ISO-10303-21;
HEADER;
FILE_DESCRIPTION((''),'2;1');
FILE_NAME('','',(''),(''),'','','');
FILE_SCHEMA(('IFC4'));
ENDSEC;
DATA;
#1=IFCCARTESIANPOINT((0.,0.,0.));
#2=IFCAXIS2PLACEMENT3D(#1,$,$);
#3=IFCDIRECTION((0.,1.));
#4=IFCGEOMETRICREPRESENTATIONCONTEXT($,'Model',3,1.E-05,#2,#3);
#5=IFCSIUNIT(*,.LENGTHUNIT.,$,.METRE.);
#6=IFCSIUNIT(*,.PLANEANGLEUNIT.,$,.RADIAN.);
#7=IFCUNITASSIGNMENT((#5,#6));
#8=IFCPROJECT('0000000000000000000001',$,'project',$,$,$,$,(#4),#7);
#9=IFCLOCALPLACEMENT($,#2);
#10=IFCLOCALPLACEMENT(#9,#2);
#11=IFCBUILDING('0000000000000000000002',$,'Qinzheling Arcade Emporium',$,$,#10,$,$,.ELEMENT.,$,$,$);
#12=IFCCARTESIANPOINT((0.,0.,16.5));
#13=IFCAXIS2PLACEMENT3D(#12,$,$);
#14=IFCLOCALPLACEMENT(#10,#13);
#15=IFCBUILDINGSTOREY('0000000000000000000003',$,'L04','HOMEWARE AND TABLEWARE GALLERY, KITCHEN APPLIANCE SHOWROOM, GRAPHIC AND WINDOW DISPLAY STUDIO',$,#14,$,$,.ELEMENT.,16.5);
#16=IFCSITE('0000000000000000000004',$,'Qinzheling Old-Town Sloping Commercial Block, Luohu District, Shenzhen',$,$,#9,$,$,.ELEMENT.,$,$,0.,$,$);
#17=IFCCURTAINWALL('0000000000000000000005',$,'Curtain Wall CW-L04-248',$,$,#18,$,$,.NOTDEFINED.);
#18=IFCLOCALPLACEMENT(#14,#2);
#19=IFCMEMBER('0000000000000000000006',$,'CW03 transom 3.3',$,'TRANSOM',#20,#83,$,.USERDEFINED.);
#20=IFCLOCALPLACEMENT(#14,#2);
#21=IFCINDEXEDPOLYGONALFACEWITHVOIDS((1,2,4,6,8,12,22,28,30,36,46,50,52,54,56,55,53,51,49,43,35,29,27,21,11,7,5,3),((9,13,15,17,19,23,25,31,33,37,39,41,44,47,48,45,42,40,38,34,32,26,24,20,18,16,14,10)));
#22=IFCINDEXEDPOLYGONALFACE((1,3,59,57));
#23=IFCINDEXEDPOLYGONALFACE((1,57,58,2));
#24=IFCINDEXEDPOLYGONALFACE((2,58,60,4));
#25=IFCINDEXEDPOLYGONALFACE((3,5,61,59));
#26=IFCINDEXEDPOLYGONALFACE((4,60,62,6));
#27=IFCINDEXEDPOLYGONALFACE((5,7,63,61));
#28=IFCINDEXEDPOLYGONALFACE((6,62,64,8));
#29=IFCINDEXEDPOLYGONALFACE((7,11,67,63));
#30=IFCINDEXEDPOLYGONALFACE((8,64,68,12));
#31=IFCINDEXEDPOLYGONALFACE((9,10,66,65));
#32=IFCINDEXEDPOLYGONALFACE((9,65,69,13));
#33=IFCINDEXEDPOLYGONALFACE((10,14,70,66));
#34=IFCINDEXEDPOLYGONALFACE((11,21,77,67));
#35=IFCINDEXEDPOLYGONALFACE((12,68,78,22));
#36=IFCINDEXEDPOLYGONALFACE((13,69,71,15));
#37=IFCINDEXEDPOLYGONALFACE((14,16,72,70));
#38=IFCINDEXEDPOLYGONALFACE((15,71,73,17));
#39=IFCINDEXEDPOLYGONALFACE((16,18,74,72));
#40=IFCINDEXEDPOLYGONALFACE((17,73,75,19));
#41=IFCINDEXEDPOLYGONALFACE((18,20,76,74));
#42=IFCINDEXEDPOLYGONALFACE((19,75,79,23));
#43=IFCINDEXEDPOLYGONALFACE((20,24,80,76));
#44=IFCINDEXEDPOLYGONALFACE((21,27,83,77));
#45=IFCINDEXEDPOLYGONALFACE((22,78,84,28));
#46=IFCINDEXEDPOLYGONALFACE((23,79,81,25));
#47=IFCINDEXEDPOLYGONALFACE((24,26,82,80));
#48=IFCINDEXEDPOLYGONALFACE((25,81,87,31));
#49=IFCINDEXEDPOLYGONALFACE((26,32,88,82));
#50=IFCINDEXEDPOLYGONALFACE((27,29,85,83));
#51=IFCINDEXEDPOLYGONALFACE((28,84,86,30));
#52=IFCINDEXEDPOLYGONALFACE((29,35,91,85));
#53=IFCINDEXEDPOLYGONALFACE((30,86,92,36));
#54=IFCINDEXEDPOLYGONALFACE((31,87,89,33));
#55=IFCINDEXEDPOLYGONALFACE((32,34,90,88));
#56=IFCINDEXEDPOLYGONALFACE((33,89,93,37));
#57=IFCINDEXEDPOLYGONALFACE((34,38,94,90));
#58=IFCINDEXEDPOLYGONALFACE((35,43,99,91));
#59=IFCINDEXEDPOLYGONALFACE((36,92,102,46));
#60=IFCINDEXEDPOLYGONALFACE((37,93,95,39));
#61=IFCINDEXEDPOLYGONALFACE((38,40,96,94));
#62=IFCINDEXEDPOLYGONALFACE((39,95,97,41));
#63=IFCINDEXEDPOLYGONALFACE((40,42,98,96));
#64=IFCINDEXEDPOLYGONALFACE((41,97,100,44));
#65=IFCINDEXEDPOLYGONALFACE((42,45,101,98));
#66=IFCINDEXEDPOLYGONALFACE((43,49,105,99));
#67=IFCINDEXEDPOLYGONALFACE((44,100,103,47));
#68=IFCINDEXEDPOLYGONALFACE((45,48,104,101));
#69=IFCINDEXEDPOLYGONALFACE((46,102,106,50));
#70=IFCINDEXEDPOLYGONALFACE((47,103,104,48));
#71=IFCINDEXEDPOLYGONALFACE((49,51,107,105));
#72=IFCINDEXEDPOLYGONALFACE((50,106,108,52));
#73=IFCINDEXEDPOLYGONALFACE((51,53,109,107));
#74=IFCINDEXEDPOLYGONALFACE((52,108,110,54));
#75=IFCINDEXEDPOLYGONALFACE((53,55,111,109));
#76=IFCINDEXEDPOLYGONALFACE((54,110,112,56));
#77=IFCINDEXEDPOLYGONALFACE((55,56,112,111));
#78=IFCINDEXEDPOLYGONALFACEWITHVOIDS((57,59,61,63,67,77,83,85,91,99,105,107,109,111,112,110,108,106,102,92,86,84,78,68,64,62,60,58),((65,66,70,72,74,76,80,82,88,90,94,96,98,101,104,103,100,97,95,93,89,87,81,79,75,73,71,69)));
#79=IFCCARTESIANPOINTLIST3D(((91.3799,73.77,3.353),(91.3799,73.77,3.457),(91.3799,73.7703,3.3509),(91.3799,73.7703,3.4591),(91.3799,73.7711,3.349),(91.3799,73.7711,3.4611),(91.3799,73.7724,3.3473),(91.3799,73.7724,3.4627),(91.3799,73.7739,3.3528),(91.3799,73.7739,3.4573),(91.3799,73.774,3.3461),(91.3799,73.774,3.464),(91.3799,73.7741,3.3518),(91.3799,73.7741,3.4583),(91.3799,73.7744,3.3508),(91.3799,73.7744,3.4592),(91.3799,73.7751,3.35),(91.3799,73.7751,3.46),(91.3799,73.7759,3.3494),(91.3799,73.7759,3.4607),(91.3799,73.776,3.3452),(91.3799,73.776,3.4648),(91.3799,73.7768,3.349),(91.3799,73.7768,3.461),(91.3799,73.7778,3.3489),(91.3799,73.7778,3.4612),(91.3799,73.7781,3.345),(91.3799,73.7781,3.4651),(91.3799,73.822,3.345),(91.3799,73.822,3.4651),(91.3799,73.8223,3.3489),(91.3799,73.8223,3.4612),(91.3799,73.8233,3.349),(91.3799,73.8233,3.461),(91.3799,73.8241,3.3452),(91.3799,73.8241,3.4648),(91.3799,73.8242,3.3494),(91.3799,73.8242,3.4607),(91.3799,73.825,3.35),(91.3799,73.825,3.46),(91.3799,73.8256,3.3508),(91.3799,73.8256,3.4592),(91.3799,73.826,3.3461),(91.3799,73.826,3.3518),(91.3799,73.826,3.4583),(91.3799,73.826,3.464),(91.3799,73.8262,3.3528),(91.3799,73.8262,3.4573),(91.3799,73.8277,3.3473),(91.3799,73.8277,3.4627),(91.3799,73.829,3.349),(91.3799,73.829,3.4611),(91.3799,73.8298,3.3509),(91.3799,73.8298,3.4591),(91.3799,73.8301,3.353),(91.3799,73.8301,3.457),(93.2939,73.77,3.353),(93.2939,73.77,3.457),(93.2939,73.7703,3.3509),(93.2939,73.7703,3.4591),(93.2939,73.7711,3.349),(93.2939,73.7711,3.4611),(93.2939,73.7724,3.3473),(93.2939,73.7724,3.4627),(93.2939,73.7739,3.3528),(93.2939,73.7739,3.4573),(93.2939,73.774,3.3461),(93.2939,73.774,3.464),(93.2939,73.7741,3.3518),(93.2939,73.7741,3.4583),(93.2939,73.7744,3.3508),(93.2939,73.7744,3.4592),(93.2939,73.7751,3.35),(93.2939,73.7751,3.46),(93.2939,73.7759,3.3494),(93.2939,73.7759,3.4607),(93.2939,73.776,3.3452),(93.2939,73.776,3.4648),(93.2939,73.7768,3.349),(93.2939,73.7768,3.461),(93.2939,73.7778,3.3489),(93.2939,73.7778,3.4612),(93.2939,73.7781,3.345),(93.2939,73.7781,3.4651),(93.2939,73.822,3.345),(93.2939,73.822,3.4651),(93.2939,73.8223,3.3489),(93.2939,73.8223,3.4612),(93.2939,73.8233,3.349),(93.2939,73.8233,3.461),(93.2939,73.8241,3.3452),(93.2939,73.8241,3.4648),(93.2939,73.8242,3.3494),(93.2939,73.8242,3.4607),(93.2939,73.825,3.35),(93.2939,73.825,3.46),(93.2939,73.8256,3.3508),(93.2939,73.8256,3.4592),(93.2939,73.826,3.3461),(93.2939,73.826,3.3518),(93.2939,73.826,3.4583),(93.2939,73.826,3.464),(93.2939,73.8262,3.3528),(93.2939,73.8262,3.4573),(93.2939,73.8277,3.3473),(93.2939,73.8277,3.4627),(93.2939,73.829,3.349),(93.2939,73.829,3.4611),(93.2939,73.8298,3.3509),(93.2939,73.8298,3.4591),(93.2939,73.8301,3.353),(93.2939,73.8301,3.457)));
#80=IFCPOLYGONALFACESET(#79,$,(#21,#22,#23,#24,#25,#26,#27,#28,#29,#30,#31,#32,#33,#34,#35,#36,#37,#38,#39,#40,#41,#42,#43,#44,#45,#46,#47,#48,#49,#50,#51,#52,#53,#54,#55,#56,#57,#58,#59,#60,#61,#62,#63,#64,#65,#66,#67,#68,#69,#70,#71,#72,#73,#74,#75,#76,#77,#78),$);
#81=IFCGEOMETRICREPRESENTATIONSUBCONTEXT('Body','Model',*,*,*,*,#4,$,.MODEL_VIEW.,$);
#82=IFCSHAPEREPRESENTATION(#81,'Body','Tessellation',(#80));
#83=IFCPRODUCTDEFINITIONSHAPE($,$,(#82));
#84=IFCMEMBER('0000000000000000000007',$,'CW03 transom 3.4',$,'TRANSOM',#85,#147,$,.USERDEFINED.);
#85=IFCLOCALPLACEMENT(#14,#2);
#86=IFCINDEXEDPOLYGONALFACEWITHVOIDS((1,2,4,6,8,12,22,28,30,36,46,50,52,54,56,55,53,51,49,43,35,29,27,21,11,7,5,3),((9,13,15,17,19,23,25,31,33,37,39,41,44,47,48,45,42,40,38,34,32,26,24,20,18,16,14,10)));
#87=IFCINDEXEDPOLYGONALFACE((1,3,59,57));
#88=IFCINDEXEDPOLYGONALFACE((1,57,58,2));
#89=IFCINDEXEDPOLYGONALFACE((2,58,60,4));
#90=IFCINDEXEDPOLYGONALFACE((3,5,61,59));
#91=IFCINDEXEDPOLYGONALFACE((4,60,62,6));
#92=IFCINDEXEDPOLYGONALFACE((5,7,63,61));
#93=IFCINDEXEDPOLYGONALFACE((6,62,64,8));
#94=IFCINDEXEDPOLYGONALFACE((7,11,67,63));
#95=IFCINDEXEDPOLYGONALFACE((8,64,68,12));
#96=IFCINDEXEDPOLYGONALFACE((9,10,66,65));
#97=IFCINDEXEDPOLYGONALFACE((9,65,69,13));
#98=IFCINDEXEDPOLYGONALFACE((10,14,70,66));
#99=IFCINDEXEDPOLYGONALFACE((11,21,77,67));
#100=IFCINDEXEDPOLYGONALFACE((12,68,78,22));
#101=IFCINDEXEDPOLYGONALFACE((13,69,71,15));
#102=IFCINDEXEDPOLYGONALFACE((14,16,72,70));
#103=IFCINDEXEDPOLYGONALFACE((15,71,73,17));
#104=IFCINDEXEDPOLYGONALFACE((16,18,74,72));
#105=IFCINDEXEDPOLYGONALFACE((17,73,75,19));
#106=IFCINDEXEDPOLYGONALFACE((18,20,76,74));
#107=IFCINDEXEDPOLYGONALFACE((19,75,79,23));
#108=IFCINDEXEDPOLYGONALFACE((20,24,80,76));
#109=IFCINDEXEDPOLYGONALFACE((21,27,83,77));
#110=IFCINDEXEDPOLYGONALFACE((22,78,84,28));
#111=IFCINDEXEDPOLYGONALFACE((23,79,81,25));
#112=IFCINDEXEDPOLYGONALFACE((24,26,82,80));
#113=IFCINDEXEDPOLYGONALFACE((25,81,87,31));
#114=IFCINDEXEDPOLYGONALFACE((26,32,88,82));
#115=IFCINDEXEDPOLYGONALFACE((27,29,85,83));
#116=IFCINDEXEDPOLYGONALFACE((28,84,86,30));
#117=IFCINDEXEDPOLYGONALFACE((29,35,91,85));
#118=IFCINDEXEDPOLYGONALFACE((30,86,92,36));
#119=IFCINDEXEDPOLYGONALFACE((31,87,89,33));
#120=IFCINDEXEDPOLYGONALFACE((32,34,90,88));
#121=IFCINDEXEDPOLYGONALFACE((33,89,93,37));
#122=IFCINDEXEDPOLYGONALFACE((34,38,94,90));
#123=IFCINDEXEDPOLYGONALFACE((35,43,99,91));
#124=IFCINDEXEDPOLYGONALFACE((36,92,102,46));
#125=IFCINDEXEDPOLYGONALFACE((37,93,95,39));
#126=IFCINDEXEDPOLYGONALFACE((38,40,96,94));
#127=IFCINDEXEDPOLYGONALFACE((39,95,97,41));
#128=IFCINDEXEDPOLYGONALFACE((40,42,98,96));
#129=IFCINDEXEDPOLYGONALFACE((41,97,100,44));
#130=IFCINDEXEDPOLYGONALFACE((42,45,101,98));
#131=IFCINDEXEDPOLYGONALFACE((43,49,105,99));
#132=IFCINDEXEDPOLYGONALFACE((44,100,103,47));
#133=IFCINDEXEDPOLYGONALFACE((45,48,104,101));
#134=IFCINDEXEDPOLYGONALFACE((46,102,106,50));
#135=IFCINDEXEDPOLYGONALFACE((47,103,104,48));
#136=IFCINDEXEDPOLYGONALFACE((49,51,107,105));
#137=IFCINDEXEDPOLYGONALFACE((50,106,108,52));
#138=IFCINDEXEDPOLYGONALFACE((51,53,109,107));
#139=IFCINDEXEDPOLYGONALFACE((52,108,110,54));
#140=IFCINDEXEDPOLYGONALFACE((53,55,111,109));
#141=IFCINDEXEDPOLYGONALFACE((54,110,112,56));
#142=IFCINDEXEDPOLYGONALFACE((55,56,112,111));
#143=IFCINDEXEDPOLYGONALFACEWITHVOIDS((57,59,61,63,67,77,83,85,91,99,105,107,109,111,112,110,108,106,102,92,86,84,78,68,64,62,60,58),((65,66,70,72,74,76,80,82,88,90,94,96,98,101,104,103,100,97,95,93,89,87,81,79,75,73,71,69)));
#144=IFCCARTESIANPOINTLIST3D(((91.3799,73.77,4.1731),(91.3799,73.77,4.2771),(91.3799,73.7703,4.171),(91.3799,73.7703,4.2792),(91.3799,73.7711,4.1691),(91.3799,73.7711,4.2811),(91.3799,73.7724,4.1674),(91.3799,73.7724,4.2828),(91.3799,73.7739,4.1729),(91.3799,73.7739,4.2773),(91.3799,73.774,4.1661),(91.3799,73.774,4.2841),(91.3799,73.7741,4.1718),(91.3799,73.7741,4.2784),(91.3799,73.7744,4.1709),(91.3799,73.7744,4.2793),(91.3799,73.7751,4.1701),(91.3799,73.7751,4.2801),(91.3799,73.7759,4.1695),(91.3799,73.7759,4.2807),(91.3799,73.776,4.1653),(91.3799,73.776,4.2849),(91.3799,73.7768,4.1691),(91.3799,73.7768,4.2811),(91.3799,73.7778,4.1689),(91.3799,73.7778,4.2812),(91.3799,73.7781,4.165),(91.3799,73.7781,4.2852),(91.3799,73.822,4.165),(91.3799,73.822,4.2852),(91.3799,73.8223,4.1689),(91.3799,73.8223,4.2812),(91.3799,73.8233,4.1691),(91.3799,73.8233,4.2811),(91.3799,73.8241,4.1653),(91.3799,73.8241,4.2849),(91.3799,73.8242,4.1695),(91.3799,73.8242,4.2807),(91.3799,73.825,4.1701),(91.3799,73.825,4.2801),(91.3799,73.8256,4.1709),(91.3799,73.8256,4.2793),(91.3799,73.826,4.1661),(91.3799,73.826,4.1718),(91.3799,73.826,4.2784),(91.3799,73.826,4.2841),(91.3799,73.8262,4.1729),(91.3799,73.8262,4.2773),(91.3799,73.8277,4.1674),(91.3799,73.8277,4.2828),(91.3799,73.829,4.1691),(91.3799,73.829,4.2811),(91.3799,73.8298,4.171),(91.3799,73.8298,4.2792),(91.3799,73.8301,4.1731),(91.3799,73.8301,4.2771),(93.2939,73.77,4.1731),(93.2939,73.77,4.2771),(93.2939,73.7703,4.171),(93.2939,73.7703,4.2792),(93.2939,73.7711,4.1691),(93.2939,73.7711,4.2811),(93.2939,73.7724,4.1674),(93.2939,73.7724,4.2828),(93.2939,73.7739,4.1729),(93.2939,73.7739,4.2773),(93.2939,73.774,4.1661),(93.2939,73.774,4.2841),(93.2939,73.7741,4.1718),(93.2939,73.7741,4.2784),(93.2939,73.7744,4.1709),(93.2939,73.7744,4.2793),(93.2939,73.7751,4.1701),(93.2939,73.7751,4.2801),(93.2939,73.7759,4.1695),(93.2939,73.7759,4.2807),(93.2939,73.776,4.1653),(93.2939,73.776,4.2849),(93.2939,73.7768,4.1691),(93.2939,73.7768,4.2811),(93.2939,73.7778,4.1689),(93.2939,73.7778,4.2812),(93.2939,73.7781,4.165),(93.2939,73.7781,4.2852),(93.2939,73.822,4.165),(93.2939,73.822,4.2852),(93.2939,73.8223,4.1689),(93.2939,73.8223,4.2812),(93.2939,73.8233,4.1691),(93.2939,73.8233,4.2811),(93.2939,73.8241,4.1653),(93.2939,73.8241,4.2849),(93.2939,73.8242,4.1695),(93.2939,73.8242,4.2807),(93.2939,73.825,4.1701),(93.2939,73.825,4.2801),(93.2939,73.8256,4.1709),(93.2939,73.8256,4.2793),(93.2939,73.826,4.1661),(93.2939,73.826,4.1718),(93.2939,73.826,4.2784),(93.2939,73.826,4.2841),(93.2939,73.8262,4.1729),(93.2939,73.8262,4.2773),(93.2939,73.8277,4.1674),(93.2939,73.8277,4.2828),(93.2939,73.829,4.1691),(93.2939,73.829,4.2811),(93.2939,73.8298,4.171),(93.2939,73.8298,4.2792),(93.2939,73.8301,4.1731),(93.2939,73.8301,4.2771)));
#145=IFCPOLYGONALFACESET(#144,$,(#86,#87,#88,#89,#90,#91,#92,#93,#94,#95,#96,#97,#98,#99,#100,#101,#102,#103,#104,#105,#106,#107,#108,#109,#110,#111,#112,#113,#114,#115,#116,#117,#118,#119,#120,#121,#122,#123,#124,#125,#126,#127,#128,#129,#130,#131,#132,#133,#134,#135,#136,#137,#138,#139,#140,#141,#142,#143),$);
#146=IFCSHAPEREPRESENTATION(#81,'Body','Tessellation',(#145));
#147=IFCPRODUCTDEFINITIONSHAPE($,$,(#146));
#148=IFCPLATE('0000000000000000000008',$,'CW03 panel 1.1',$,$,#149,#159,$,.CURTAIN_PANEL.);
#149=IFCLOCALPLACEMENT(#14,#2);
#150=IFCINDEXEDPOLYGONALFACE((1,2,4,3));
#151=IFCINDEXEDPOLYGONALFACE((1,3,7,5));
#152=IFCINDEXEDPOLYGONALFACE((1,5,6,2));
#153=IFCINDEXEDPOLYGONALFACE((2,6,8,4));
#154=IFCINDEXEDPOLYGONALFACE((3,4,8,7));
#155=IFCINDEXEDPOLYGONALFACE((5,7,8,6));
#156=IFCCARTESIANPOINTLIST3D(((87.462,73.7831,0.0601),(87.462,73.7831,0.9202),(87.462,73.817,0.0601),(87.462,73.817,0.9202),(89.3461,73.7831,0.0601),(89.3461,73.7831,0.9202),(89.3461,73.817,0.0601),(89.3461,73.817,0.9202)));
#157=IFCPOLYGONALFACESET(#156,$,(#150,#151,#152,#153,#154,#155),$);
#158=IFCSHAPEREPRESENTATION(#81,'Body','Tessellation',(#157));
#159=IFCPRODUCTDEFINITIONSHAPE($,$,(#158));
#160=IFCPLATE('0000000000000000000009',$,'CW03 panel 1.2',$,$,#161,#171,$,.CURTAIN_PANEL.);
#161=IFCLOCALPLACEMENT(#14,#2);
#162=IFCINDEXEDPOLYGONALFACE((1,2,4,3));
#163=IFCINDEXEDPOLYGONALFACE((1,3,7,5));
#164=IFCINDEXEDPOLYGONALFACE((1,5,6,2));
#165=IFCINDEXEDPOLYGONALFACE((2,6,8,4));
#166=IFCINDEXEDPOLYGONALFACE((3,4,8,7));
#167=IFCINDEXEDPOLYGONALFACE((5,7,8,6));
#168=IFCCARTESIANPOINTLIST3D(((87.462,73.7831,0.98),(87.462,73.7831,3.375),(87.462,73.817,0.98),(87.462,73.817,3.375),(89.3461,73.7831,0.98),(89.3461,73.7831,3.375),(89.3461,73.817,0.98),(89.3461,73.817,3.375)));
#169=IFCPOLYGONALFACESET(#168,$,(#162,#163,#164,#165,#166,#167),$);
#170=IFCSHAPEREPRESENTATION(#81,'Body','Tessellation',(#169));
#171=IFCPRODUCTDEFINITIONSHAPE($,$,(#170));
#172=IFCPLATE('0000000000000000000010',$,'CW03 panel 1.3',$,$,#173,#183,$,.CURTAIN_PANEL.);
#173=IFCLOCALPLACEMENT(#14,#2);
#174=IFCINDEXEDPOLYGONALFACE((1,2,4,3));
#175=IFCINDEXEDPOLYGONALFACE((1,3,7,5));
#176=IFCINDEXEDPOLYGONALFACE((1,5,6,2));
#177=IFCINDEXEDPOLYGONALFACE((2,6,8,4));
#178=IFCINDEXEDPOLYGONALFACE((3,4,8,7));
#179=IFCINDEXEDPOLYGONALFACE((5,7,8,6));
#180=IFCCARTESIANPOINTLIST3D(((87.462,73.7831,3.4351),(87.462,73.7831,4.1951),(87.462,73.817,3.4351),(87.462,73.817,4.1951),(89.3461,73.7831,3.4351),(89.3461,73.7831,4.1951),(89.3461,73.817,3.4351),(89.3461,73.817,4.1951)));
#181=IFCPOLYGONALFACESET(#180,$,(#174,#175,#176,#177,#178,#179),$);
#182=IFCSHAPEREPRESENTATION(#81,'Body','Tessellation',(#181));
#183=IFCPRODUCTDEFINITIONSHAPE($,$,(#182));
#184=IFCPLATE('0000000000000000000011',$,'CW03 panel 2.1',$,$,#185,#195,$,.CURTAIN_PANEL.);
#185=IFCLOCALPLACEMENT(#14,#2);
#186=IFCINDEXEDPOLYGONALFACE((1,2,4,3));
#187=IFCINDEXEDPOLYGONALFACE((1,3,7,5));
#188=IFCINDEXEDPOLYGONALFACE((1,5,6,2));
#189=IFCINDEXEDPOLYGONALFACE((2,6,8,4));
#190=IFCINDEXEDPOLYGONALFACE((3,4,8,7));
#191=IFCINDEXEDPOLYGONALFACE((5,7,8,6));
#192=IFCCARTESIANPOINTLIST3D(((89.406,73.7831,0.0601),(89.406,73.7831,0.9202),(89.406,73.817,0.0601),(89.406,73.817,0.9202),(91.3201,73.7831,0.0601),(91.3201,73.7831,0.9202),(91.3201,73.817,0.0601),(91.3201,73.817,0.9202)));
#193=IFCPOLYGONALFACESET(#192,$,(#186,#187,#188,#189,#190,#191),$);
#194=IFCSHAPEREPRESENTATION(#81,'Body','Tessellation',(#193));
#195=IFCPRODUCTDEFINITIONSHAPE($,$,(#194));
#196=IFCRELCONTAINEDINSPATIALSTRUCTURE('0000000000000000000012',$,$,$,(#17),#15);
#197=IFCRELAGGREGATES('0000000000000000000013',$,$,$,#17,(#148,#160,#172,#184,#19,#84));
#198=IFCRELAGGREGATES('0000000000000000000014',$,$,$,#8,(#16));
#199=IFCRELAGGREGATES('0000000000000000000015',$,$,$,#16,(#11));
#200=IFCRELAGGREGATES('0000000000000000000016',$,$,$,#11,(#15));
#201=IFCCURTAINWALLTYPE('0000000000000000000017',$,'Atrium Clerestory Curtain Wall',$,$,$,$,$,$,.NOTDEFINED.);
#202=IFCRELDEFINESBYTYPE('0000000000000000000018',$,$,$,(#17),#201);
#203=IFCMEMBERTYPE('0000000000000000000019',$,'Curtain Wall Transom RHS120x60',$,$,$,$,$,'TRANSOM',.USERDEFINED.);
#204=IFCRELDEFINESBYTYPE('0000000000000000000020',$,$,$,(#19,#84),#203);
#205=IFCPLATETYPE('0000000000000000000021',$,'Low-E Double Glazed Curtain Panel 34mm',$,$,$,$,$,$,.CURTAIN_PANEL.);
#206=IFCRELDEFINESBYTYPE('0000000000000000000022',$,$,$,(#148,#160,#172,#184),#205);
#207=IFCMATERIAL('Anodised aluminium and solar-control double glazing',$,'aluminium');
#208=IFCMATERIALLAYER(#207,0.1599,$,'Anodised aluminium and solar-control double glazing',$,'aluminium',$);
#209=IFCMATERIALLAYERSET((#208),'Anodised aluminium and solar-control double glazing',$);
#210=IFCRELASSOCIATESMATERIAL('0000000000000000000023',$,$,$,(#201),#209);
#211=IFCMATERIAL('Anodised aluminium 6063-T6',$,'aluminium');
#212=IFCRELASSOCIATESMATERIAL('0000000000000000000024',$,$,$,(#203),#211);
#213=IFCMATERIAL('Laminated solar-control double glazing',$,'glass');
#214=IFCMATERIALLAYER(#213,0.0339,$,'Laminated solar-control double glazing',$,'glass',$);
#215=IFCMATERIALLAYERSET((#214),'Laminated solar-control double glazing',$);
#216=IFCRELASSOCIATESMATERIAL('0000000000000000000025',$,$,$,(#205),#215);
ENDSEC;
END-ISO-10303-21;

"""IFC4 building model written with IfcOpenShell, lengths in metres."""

from ifc_helpers import new_model, si_unit, direction, frame, origin, origin_2d, place, context, subcontext, project, spatial, rectangle, hollow_rectangle, extrude, material, layer, layer_set, material_profile, profile_set, type_object, element, aggregate, save


model = new_model("IFC4")

# Units and contexts
model_context = context("Model", 3, precision=1e-05, world=origin(), true_north=direction((0.0, 1.0)))
body_context = subcontext(model_context, "Body", "Model", "MODEL_VIEW")
ifc_project = project(units=[si_unit("LENGTHUNIT", "METRE"), si_unit("PLANEANGLEUNIT", "RADIAN")], contexts=[model_context])

# Site, building, storey
site_placement = place(None, origin())
site = spatial("IfcSite", under=ifc_project, at=site_placement, Name="Qinzheling Old-Town Sloping Commercial Block, Luohu District, Shenzhen", CompositionType="ELEMENT", RefElevation=0.0)
building_placement = place(site_placement, origin())
building = spatial("IfcBuilding", under=site, at=building_placement, Name="Qinzheling Arcade Emporium", CompositionType="ELEMENT")
storey_placement = place(building_placement, frame((0.0, 0.0, 16.5)))
storey = spatial("IfcBuildingStorey", under=building, at=storey_placement, Name="L04", Description="HOMEWARE AND TABLEWARE GALLERY, KITCHEN APPLIANCE SHOWROOM, GRAPHIC AND WINDOW DISPLAY STUDIO", CompositionType="ELEMENT", Elevation=16.5)

# Curtain wall, members, plates
ifc_material_1 = material(Name="Anodised aluminium and solar-control double glazing", Category="aluminium")
ifc_layer_1 = layer(ifc_material_1, 0.1599, Name="Anodised aluminium and solar-control double glazing", Category="aluminium")
ifc_layer_set_1 = layer_set([ifc_layer_1], Name="Anodised aluminium and solar-control double glazing")
curtain_wall_type = type_object("IfcCurtainWallType", Name="Atrium Clerestory Curtain Wall", PredefinedType="NOTDEFINED", material=ifc_layer_set_1)
curtain_wall_placement = place(storey_placement, origin())
curtain_wall = element("IfcCurtainWall", 1, at=curtain_wall_placement, inside=storey, type_object=curtain_wall_type, Name="Curtain Wall CW-L04-248", PredefinedType="NOTDEFINED")
ifc_material_2 = material(Name="Anodised aluminium 6063-T6", Category="aluminium")
ifc_material_profile_1 = material_profile(ifc_material_2, hollow_rectangle(XDim=0.0601, YDim=0.1201, WallThickness=0.0039, InnerFilletRadius=0.0039, OuterFilletRadius=0.0081, at=origin_2d()), Name="RHS 120x60x4", Category="aluminium")
ifc_profile_set_1 = profile_set([ifc_material_profile_1], Name="Anodised aluminium 6063-T6")
member_type_1 = type_object("IfcMemberType", Name="Curtain Wall Transom RHS120x60", ElementType="TRANSOM", PredefinedType="USERDEFINED", material=ifc_profile_set_1)
member_1_placement = place(storey_placement, frame((91.3799, 73.8, 3.405), z_axis=(1.0, 0.0, 0.0), x_axis=(0.0, 1.0, 0.0)))
member_1 = element("IfcMember", 2, at=member_1_placement, type_object=member_type_1, Name="CW03 transom 3.3", ObjectType="TRANSOM", PredefinedType="USERDEFINED", context=body_context, shape_type="SweptSolid", body=[
    extrude(hollow_rectangle(XDim=0.0601, YDim=0.1201, WallThickness=0.0039, InnerFilletRadius=0.0039, OuterFilletRadius=0.0081, at=origin_2d()), origin(), (0.0, 0.0, 1.0), 1.9141),
])
member_2_placement = place(storey_placement, frame((91.3799, 73.8, 4.2251), z_axis=(1.0, 0.0, 0.0), x_axis=(0.0, 1.0, 0.0)))
member_2 = element("IfcMember", 3, at=member_2_placement, type_object=member_type_1, Name="CW03 transom 3.4", ObjectType="TRANSOM", PredefinedType="USERDEFINED", context=body_context, shape_type="SweptSolid", body=[
    extrude(hollow_rectangle(XDim=0.0601, YDim=0.1201, WallThickness=0.0039, InnerFilletRadius=0.0039, OuterFilletRadius=0.0081, at=origin_2d()), origin(), (0.0, 0.0, 1.0), 1.9141),
])
ifc_material_3 = material(Name="Laminated solar-control double glazing", Category="glass")
ifc_layer_2 = layer(ifc_material_3, 0.0339, Name="Laminated solar-control double glazing", Category="glass")
ifc_layer_set_2 = layer_set([ifc_layer_2], Name="Laminated solar-control double glazing")
plate_type = type_object("IfcPlateType", Name="Low-E Double Glazed Curtain Panel 34mm", PredefinedType="CURTAIN_PANEL", material=ifc_layer_set_2)
plate_1_placement = place(storey_placement, frame((88.4041, 73.8, 0.0601), z_axis=(0.0, 0.0, 1.0), x_axis=(1.0, 0.0, 0.0)))
plate_1 = element("IfcPlate", 4, at=plate_1_placement, type_object=plate_type, Name="CW03 panel 1.1", PredefinedType="CURTAIN_PANEL", context=body_context, shape_type="SweptSolid", body=[
    extrude(rectangle(XDim=1.884, YDim=0.0339, at=origin_2d()), origin(), (0.0, 0.0, 1.0), 0.8601),
])
plate_2_placement = place(storey_placement, frame((88.4041, 73.8, 0.98), z_axis=(0.0, 0.0, 1.0), x_axis=(1.0, 0.0, 0.0)))
plate_2 = element("IfcPlate", 5, at=plate_2_placement, type_object=plate_type, Name="CW03 panel 1.2", PredefinedType="CURTAIN_PANEL", context=body_context, shape_type="SweptSolid", body=[
    extrude(rectangle(XDim=1.884, YDim=0.0339, at=origin_2d()), origin(), (0.0, 0.0, 1.0), 2.395),
])
plate_3_placement = place(storey_placement, frame((88.4041, 73.8, 3.4351), z_axis=(0.0, 0.0, 1.0), x_axis=(1.0, 0.0, 0.0)))
plate_3 = element("IfcPlate", 6, at=plate_3_placement, type_object=plate_type, Name="CW03 panel 1.3", PredefinedType="CURTAIN_PANEL", context=body_context, shape_type="SweptSolid", body=[
    extrude(rectangle(XDim=1.884, YDim=0.0339, at=origin_2d()), origin(), (0.0, 0.0, 1.0), 0.76),
])
plate_4_placement = place(storey_placement, frame((90.363, 73.8, 0.0601), z_axis=(0.0, 0.0, 1.0), x_axis=(1.0, 0.0, 0.0)))
plate_4 = element("IfcPlate", 7, at=plate_4_placement, type_object=plate_type, Name="CW03 panel 2.1", PredefinedType="CURTAIN_PANEL", context=body_context, shape_type="SweptSolid", body=[
    extrude(rectangle(XDim=1.9141, YDim=0.0339, at=origin_2d()), origin(), (0.0, 0.0, 1.0), 0.8601),
])
aggregate(curtain_wall, [plate_1, plate_2, plate_3, plate_4, member_1, member_2])

save(model, "model.ifc")
